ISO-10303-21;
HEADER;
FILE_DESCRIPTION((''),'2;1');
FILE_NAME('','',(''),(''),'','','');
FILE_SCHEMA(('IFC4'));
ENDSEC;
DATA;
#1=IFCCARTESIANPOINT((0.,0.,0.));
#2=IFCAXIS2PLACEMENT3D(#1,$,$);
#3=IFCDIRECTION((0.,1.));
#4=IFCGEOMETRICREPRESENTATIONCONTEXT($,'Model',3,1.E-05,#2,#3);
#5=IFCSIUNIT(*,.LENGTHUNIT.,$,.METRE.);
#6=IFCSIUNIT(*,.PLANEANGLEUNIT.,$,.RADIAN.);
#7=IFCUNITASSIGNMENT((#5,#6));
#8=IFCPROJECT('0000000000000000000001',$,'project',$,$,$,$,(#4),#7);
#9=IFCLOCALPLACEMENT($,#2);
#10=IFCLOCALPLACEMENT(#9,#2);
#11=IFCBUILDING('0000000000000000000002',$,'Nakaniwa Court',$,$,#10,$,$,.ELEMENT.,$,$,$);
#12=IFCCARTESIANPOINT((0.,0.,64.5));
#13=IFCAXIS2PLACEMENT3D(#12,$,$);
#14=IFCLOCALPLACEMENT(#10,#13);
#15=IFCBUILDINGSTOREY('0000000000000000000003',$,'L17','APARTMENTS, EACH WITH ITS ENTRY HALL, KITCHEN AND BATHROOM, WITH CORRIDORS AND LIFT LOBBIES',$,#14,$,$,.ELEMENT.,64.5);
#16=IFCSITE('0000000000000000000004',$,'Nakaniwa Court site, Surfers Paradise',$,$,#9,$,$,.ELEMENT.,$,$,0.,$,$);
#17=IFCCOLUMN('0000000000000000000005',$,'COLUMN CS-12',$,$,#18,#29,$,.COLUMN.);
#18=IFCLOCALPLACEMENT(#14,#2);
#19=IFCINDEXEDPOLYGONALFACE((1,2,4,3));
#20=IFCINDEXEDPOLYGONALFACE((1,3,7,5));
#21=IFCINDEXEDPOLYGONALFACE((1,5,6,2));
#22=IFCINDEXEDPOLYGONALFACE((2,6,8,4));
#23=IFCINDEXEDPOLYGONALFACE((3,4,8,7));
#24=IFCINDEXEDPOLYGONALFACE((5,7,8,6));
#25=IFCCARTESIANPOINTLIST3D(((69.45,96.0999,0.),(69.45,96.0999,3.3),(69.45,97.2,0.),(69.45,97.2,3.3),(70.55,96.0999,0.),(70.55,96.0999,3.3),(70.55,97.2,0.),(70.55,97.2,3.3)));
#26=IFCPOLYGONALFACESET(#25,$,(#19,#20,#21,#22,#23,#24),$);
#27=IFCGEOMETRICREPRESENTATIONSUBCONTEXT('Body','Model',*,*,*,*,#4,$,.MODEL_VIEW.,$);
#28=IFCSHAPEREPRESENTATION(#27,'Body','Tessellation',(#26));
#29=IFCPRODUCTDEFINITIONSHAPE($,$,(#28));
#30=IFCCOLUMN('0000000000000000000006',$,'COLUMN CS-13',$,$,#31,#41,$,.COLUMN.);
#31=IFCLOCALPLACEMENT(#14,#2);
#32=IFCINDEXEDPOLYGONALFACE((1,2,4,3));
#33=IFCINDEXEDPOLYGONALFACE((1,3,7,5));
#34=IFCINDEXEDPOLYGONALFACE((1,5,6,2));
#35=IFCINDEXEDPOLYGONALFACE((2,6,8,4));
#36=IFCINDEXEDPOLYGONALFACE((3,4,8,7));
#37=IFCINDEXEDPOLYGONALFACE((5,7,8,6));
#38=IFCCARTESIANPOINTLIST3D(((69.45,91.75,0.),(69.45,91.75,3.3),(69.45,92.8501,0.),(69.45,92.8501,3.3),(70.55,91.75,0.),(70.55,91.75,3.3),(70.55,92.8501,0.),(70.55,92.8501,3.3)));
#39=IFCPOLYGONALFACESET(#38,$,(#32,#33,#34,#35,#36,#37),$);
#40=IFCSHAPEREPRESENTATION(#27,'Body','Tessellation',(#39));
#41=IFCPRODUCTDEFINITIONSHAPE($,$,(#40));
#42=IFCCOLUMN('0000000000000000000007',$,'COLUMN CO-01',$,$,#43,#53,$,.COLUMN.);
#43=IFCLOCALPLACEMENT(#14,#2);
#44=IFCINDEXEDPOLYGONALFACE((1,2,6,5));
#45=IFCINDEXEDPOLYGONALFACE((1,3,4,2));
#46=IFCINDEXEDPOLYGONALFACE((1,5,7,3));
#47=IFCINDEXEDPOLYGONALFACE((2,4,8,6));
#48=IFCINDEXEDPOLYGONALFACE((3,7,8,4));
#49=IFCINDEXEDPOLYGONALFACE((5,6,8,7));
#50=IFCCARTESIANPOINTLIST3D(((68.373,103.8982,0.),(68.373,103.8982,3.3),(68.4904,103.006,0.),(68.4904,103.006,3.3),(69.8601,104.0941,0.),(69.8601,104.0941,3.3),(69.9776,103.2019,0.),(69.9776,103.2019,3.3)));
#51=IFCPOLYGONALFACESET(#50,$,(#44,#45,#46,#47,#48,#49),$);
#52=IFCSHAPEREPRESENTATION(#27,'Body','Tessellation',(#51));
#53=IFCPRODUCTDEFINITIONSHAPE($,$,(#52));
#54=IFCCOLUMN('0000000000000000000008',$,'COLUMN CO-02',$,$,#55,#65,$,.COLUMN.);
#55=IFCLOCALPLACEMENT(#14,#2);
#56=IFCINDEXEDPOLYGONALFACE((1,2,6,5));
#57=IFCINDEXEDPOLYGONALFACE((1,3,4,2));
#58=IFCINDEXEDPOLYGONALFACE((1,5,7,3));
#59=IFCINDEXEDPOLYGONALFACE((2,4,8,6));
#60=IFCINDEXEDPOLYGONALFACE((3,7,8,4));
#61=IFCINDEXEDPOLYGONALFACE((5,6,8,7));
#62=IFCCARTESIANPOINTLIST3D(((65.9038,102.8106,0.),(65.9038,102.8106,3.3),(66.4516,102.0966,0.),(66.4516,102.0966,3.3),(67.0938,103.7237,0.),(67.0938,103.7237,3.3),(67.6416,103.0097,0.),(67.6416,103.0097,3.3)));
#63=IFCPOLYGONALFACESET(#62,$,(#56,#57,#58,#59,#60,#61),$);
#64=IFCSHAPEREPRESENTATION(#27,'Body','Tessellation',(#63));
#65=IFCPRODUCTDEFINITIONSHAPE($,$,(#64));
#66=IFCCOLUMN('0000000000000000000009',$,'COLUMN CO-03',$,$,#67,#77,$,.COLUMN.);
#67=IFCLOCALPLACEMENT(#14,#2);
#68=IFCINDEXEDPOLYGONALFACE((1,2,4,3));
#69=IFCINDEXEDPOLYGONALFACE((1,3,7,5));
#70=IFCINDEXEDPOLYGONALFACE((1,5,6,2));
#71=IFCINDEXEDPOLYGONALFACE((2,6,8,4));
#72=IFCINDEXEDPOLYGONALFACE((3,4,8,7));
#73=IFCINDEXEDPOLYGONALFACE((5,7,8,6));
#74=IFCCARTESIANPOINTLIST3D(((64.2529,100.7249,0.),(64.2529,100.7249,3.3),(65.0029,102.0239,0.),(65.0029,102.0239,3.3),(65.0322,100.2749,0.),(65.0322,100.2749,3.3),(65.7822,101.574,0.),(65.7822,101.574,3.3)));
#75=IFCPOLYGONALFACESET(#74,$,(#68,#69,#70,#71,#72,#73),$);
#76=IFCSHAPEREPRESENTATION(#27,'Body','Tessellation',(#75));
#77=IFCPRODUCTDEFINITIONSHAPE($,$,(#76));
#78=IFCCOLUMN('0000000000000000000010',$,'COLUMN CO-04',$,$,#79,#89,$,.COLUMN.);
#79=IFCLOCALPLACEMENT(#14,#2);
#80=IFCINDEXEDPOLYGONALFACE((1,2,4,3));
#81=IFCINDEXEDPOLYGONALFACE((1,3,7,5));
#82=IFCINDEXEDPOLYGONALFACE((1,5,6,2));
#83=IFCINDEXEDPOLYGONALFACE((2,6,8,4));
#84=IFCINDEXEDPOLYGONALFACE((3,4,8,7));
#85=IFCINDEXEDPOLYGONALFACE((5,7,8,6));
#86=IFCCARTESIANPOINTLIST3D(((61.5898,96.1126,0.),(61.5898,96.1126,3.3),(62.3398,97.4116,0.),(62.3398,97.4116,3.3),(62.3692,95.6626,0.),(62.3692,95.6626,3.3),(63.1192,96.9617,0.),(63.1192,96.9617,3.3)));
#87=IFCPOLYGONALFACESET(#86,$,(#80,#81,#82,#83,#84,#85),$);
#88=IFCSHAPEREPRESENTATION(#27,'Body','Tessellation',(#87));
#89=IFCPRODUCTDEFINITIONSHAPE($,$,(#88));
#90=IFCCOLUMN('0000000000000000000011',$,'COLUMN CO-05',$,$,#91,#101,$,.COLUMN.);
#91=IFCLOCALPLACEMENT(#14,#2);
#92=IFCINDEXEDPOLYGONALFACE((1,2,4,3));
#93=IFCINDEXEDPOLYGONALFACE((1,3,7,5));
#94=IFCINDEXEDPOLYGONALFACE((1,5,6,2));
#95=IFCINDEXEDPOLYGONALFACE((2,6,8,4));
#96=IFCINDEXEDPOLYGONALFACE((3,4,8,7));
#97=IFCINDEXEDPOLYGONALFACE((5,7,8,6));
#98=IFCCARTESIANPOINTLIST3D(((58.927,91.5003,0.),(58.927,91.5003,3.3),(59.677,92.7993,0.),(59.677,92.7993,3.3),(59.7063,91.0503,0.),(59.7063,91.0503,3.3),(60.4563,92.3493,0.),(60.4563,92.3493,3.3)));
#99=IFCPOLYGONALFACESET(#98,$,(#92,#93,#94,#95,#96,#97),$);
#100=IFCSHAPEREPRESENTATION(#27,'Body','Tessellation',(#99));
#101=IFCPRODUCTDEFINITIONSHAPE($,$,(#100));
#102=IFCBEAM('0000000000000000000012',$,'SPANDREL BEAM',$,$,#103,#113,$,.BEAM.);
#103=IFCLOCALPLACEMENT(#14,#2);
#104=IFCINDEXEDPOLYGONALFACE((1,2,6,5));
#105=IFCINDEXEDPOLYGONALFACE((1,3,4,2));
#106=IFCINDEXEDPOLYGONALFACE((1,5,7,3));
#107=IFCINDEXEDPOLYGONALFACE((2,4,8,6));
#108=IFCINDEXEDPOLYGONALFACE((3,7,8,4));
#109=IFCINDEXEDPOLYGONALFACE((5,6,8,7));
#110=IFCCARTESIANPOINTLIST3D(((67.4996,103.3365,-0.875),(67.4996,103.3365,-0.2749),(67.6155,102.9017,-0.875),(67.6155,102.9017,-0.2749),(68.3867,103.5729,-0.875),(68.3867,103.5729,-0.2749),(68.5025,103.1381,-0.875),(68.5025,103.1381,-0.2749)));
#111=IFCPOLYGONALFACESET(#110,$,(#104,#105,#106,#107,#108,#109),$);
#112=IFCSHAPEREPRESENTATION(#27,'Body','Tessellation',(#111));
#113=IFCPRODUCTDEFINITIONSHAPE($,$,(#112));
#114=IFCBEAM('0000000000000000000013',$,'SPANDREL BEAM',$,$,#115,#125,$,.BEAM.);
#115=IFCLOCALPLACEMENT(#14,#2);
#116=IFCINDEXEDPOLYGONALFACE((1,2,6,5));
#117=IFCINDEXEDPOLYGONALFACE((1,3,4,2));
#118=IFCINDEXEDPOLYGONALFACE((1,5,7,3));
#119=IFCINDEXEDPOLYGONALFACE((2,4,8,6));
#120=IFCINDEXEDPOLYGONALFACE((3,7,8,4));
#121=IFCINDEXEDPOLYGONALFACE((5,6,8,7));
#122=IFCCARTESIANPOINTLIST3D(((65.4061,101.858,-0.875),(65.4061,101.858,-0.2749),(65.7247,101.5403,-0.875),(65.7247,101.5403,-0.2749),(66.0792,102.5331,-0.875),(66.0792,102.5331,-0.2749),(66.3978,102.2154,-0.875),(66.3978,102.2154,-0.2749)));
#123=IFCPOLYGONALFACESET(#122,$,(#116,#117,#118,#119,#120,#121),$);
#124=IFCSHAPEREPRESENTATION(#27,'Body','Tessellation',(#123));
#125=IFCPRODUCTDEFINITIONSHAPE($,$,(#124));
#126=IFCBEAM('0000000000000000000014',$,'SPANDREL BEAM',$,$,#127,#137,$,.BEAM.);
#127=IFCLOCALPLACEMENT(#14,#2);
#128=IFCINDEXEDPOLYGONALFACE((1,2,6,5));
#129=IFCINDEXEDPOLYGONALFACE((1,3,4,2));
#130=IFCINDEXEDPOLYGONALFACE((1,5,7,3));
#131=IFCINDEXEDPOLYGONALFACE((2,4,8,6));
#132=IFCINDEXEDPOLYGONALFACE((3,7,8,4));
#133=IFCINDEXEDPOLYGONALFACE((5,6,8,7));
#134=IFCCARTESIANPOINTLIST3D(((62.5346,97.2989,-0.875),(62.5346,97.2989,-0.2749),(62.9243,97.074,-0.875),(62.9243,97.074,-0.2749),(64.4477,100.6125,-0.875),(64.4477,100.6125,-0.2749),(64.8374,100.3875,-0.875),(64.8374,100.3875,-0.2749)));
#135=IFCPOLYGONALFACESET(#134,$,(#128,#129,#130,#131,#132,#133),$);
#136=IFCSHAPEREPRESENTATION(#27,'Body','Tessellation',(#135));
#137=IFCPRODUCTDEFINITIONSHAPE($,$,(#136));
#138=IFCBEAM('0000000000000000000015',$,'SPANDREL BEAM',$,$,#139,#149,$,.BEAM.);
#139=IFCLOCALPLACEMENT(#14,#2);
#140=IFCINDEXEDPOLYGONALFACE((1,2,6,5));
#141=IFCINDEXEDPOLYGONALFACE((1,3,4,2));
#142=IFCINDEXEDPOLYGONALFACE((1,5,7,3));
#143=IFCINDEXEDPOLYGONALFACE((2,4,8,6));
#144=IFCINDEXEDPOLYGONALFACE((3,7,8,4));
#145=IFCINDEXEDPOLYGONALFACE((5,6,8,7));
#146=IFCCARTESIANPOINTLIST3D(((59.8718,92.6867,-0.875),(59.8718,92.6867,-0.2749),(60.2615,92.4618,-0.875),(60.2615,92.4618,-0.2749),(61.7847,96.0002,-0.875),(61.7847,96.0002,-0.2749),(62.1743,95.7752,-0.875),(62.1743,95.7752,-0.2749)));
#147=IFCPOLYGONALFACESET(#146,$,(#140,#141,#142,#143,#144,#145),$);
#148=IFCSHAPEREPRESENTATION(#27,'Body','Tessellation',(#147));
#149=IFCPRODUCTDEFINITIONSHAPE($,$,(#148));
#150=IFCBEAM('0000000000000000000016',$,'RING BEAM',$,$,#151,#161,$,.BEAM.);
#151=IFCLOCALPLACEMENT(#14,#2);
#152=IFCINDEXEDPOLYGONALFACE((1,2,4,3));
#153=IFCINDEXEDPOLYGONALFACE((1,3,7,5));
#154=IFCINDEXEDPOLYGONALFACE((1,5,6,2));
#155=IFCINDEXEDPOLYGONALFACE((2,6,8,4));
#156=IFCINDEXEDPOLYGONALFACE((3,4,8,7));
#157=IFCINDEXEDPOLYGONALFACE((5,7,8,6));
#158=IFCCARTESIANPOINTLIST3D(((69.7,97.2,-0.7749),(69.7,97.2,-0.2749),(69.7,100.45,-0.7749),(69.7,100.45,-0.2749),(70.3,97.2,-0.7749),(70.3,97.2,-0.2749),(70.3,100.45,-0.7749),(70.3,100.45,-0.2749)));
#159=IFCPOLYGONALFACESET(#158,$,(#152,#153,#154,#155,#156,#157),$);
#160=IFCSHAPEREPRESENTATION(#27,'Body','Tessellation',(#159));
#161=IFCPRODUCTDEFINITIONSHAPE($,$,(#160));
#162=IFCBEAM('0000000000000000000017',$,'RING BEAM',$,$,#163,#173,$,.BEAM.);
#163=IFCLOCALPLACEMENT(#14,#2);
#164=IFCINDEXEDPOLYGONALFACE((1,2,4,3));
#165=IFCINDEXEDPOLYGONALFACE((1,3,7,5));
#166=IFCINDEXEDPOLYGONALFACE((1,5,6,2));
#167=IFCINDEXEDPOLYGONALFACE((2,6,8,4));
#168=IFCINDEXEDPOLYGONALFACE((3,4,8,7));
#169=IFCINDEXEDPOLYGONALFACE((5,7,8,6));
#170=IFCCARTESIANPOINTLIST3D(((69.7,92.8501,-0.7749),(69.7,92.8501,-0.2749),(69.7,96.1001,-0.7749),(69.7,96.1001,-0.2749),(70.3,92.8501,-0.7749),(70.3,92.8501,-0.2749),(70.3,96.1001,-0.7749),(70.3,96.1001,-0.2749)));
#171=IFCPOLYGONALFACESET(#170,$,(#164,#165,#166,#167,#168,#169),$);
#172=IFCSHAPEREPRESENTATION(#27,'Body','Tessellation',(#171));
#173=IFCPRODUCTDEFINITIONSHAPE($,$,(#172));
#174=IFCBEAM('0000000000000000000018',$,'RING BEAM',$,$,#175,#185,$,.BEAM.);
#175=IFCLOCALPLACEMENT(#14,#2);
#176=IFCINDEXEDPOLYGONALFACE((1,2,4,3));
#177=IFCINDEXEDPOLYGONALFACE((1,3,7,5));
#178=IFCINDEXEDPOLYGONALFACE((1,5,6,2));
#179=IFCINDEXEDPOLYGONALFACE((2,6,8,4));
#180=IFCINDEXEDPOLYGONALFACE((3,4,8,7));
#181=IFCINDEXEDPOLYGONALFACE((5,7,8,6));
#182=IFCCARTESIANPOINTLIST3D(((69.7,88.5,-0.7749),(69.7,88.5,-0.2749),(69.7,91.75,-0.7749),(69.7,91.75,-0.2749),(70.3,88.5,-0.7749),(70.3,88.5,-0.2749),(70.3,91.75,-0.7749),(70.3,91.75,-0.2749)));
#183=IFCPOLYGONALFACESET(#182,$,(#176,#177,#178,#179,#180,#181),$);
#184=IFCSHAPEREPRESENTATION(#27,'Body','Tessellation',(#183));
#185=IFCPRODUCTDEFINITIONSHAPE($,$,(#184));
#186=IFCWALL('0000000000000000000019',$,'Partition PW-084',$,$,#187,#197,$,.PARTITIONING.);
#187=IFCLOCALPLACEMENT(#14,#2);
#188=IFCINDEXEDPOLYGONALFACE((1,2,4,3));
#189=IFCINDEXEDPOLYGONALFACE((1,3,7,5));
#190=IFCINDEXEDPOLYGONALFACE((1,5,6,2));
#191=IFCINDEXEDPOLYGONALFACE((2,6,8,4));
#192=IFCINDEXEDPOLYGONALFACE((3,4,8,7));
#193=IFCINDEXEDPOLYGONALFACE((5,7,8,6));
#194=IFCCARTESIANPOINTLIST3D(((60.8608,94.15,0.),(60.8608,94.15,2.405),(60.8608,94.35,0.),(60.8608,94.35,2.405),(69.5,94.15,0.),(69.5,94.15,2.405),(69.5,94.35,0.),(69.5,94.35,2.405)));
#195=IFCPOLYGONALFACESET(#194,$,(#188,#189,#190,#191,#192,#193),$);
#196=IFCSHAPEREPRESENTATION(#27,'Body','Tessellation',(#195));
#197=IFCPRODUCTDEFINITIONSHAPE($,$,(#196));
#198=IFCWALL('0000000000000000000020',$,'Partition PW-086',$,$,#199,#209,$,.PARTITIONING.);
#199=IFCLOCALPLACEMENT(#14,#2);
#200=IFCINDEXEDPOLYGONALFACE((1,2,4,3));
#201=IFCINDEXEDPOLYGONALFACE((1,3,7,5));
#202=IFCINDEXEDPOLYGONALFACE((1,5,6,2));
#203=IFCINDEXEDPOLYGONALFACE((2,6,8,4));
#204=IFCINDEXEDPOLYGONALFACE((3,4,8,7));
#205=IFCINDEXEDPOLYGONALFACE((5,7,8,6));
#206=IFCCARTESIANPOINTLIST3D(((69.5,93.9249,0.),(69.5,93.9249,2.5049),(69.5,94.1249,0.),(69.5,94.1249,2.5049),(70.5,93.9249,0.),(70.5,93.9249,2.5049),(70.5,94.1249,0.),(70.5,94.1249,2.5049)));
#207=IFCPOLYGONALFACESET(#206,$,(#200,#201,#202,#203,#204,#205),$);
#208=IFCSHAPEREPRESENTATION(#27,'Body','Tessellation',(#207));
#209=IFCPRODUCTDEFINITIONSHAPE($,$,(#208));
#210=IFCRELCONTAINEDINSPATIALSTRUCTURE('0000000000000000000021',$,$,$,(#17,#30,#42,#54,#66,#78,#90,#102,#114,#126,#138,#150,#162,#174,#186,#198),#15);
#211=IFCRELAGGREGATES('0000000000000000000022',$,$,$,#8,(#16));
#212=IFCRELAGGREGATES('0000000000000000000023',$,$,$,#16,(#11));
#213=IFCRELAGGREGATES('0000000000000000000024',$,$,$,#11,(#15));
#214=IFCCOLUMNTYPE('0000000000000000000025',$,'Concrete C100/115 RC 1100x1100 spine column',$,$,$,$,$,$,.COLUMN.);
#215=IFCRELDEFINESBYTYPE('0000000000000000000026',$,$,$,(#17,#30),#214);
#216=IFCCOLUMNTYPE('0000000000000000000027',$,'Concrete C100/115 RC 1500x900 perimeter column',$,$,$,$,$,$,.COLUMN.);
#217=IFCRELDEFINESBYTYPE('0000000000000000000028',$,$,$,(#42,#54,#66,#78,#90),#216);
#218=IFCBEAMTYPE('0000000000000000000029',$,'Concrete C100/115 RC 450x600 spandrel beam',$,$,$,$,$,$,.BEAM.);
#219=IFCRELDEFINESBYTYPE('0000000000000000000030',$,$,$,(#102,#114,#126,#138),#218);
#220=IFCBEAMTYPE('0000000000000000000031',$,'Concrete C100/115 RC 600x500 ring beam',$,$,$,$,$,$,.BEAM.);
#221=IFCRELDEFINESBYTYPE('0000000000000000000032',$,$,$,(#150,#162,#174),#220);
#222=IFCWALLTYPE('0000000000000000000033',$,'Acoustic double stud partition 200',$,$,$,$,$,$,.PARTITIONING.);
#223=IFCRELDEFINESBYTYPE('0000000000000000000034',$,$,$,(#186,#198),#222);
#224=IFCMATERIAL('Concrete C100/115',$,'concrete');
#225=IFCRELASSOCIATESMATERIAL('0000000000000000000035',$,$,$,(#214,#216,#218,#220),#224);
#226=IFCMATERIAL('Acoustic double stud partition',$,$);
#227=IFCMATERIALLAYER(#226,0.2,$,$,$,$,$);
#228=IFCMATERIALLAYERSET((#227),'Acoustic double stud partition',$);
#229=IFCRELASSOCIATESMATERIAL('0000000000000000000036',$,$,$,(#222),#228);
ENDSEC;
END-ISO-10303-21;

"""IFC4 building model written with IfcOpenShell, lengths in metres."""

from ifc_helpers import new_model, si_unit, direction, frame, frame_2d, origin, origin_2d, place, context, subcontext, project, spatial, rectangle, extrude, material, layer, layer_set, material_profile, profile_set, type_object, element, save


model = new_model("IFC4")

# Units and contexts
model_context = context("Model", 3, precision=1e-05, world=origin(), true_north=direction((0.0, 1.0)))
body_context = subcontext(model_context, "Body", "Model", "MODEL_VIEW")
ifc_project = project(units=[si_unit("LENGTHUNIT", "METRE"), si_unit("PLANEANGLEUNIT", "RADIAN")], contexts=[model_context])

# Site, building, storey
site_placement = place(None, origin())
site = spatial("IfcSite", under=ifc_project, at=site_placement, Name="Nakaniwa Court site, Surfers Paradise", CompositionType="ELEMENT", RefElevation=0.0)
building_placement = place(site_placement, origin())
building = spatial("IfcBuilding", under=site, at=building_placement, Name="Nakaniwa Court", CompositionType="ELEMENT")
storey_placement = place(building_placement, frame((0.0, 0.0, 64.5)))
storey = spatial("IfcBuildingStorey", under=building, at=storey_placement, Name="L17", Description="APARTMENTS, EACH WITH ITS ENTRY HALL, KITCHEN AND BATHROOM, WITH CORRIDORS AND LIFT LOBBIES", CompositionType="ELEMENT", Elevation=64.5)

# Columns
ifc_material_1 = material(Name="Concrete C100/115", Category="concrete")
ifc_material_profile_1 = material_profile(ifc_material_1, rectangle(XDim=1.1001, YDim=1.1001, at=origin_2d()), Name="Concrete C100/115 RC 1100x1100 spine column")
ifc_profile_set_1 = profile_set([ifc_material_profile_1], Name="Concrete C100/115")
column_type_1 = type_object("IfcColumnType", Name="Concrete C100/115 RC 1100x1100 spine column", PredefinedType="COLUMN", material=ifc_profile_set_1)
for number, where, z_axis, x_axis, name in (
    (1, (70.0, 96.6499, 0.0), (0.0, 0.0, 1.0), (0.0, -1.0, 0.0), "COLUMN CS-12"),
    (2, (70.0, 92.3, 0.0), (0.0, 0.0, 1.0), (0.0, -1.0, 0.0), "COLUMN CS-13"),
):
    element("IfcColumn", number, at=place(storey_placement, frame(where, z_axis=z_axis, x_axis=x_axis)), inside=storey, type_object=column_type_1, Name=name, PredefinedType="COLUMN", context=body_context, shape_type="SweptSolid", body=[
        extrude(rectangle(XDim=1.1001, YDim=1.1001, at=origin_2d()), origin(), (0.0, 0.0, 1.0), 3.3),
    ])
ifc_material_profile_2 = material_profile(ifc_material_1, rectangle(XDim=1.5, YDim=0.8999, at=origin_2d()), Name="Concrete C100/115 RC 1500x900 perimeter column")
ifc_profile_set_2 = profile_set([ifc_material_profile_2], Name="Concrete C100/115")
column_type_2 = type_object("IfcColumnType", Name="Concrete C100/115 RC 1500x900 perimeter column", PredefinedType="COLUMN", material=ifc_profile_set_2)
for number, where, z_axis, x_axis, name in (
    (3, (69.1753, 103.55, 0.0), (0.0, 0.0, 1.0), (-0.991443, -0.130543, 0.0), "COLUMN CO-01"),
    (4, (66.7727, 102.9102, 0.0), (0.0, 0.0, 1.0), (-0.793364, -0.608748, 0.0), "COLUMN CO-02"),
    (5, (65.0176, 101.1494, 0.0), (0.0, 0.0, 1.0), (-0.5, -0.866025, 0.0), "COLUMN CO-03"),
    (6, (62.3545, 96.5371, 0.0), (0.0, 0.0, 1.0), (-0.5, -0.866025, 0.0), "COLUMN CO-04"),
    (7, (59.6917, 91.9248, 0.0), (0.0, 0.0, 1.0), (-0.5, -0.866025, 0.0), "COLUMN CO-05"),
):
    element("IfcColumn", number, at=place(storey_placement, frame(where, z_axis=z_axis, x_axis=x_axis)), inside=storey, type_object=column_type_2, Name=name, PredefinedType="COLUMN", context=body_context, shape_type="SweptSolid", body=[
        extrude(rectangle(XDim=1.5, YDim=0.8999, at=origin_2d()), origin(), (0.0, 0.0, 1.0), 3.3),
    ])

# Beams
ifc_material_profile_3 = material_profile(ifc_material_1, rectangle(XDim=0.45, YDim=0.6001, at=origin_2d()), Name="Concrete C100/115 RC 450x600 spandrel beam")
ifc_profile_set_3 = profile_set([ifc_material_profile_3], Name="Concrete C100/115")
beam_type_1 = type_object("IfcBeamType", Name="Concrete C100/115 RC 450x600 spandrel beam", PredefinedType="BEAM", material=ifc_profile_set_3)
beam_1_placement = place(storey_placement, frame((68.4446, 103.3555, -0.575), z_axis=(-0.966288, -0.257464, 0.0), x_axis=(0.257464, -0.966288, 0.0)))
element("IfcBeam", 8, at=beam_1_placement, inside=storey, type_object=beam_type_1, Name="SPANDREL BEAM", PredefinedType="BEAM", context=body_context, shape_type="SweptSolid", body=[
    extrude(rectangle(XDim=0.45, YDim=0.6001, at=origin_2d()), origin(), (0.0, 0.0, 1.0), 0.918),
])
beam_2_placement = place(storey_placement, frame((66.2385, 102.3743, -0.575), z_axis=(-0.706082, -0.70813, 0.0), x_axis=(0.70813, -0.706082, 0.0)))
element("IfcBeam", 9, at=beam_2_placement, inside=storey, type_object=beam_type_1, Name="SPANDREL BEAM", PredefinedType="BEAM", context=body_context, shape_type="SweptSolid", body=[
    extrude(rectangle(XDim=0.45, YDim=0.6001, at=origin_2d()), origin(), (0.0, 0.0, 1.0), 0.9534),
])
beam_3_placement = place(storey_placement, frame((64.6426, 100.5, -0.575), z_axis=(-0.50001, -0.86602, 0.0), x_axis=(0.86602, -0.50001, 0.0)))
element("IfcBeam", 10, at=beam_3_placement, inside=storey, type_object=beam_type_1, Name="SPANDREL BEAM", PredefinedType="BEAM", context=body_context, shape_type="SweptSolid", body=[
    extrude(rectangle(XDim=0.45, YDim=0.6001, at=origin_2d()), origin(), (0.0, 0.0, 1.0), 3.8262),
])
beam_4_placement = place(storey_placement, frame((61.9795, 95.8877, -0.575), z_axis=(-0.499962, -0.866047, 0.0), x_axis=(0.866047, -0.499962, 0.0)))
element("IfcBeam", 11, at=beam_4_placement, inside=storey, type_object=beam_type_1, Name="SPANDREL BEAM", PredefinedType="BEAM", context=body_context, shape_type="SweptSolid", body=[
    extrude(rectangle(XDim=0.45, YDim=0.6001, at=origin_2d()), origin(), (0.0, 0.0, 1.0), 3.8259),
])
ifc_material_profile_4 = material_profile(ifc_material_1, rectangle(XDim=0.6001, YDim=0.5, at=origin_2d()), Name="Concrete C100/115 RC 600x500 ring beam")
ifc_profile_set_4 = profile_set([ifc_material_profile_4], Name="Concrete C100/115")
beam_type_2 = type_object("IfcBeamType", Name="Concrete C100/115 RC 600x500 ring beam", PredefinedType="BEAM", material=ifc_profile_set_4)
for number, where, z_axis, x_axis, name in (
    (12, (70.0, 100.45, -0.5249), (0.0, -1.0, 0.0), (1.0, 0.0, 0.0), "RING BEAM"),
    (13, (70.0, 96.1001, -0.5249), (0.0, -1.0, 0.0), (1.0, 0.0, 0.0), "RING BEAM"),
    (14, (70.0, 91.75, -0.5249), (0.0, -1.0, 0.0), (1.0, 0.0, 0.0), "RING BEAM"),
):
    element("IfcBeam", number, at=place(storey_placement, frame(where, z_axis=z_axis, x_axis=x_axis)), inside=storey, type_object=beam_type_2, Name=name, PredefinedType="BEAM", context=body_context, shape_type="SweptSolid", body=[
        extrude(rectangle(XDim=0.6001, YDim=0.5, at=origin_2d()), origin(), (0.0, 0.0, 1.0), 3.25),
    ])

# Walls
ifc_material_2 = material(Name="Acoustic double stud partition")
ifc_layer_1 = layer(ifc_material_2, 0.2)
ifc_layer_set_1 = layer_set([ifc_layer_1], Name="Acoustic double stud partition")
wall_type_1 = type_object("IfcWallType", Name="Acoustic double stud partition 200", PredefinedType="PARTITIONING", material=ifc_layer_set_1)
wall_1_placement = place(storey_placement, frame((60.8608, 94.25, 0.0), z_axis=(0.0, 0.0, 1.0), x_axis=(1.0, 0.0, 0.0)))
element("IfcWall", 15, at=wall_1_placement, inside=storey, type_object=wall_type_1, Name="Partition PW-084", PredefinedType="PARTITIONING", context=body_context, shape_type="SweptSolid", body=[
    extrude(rectangle(XDim=8.6392, YDim=0.2, at=frame_2d((4.3196, 0.0))), origin(), (0.0, 0.0, 1.0), 2.405),
])
for number, where, z_axis, x_axis, name in (
    (16, (69.5, 94.0249, 0.0), (0.0, 0.0, 1.0), (1.0, 0.0, 0.0), "Partition PW-086"),
):
    element("IfcWall", number, at=place(storey_placement, frame(where, z_axis=z_axis, x_axis=x_axis)), inside=storey, type_object=wall_type_1, Name=name, PredefinedType="PARTITIONING", context=body_context, shape_type="SweptSolid", body=[
        extrude(rectangle(XDim=1.0, YDim=0.2, at=frame_2d((0.5, 0.0))), origin(), (0.0, 0.0, 1.0), 2.5049),
    ])

save(model, "model.ifc")
